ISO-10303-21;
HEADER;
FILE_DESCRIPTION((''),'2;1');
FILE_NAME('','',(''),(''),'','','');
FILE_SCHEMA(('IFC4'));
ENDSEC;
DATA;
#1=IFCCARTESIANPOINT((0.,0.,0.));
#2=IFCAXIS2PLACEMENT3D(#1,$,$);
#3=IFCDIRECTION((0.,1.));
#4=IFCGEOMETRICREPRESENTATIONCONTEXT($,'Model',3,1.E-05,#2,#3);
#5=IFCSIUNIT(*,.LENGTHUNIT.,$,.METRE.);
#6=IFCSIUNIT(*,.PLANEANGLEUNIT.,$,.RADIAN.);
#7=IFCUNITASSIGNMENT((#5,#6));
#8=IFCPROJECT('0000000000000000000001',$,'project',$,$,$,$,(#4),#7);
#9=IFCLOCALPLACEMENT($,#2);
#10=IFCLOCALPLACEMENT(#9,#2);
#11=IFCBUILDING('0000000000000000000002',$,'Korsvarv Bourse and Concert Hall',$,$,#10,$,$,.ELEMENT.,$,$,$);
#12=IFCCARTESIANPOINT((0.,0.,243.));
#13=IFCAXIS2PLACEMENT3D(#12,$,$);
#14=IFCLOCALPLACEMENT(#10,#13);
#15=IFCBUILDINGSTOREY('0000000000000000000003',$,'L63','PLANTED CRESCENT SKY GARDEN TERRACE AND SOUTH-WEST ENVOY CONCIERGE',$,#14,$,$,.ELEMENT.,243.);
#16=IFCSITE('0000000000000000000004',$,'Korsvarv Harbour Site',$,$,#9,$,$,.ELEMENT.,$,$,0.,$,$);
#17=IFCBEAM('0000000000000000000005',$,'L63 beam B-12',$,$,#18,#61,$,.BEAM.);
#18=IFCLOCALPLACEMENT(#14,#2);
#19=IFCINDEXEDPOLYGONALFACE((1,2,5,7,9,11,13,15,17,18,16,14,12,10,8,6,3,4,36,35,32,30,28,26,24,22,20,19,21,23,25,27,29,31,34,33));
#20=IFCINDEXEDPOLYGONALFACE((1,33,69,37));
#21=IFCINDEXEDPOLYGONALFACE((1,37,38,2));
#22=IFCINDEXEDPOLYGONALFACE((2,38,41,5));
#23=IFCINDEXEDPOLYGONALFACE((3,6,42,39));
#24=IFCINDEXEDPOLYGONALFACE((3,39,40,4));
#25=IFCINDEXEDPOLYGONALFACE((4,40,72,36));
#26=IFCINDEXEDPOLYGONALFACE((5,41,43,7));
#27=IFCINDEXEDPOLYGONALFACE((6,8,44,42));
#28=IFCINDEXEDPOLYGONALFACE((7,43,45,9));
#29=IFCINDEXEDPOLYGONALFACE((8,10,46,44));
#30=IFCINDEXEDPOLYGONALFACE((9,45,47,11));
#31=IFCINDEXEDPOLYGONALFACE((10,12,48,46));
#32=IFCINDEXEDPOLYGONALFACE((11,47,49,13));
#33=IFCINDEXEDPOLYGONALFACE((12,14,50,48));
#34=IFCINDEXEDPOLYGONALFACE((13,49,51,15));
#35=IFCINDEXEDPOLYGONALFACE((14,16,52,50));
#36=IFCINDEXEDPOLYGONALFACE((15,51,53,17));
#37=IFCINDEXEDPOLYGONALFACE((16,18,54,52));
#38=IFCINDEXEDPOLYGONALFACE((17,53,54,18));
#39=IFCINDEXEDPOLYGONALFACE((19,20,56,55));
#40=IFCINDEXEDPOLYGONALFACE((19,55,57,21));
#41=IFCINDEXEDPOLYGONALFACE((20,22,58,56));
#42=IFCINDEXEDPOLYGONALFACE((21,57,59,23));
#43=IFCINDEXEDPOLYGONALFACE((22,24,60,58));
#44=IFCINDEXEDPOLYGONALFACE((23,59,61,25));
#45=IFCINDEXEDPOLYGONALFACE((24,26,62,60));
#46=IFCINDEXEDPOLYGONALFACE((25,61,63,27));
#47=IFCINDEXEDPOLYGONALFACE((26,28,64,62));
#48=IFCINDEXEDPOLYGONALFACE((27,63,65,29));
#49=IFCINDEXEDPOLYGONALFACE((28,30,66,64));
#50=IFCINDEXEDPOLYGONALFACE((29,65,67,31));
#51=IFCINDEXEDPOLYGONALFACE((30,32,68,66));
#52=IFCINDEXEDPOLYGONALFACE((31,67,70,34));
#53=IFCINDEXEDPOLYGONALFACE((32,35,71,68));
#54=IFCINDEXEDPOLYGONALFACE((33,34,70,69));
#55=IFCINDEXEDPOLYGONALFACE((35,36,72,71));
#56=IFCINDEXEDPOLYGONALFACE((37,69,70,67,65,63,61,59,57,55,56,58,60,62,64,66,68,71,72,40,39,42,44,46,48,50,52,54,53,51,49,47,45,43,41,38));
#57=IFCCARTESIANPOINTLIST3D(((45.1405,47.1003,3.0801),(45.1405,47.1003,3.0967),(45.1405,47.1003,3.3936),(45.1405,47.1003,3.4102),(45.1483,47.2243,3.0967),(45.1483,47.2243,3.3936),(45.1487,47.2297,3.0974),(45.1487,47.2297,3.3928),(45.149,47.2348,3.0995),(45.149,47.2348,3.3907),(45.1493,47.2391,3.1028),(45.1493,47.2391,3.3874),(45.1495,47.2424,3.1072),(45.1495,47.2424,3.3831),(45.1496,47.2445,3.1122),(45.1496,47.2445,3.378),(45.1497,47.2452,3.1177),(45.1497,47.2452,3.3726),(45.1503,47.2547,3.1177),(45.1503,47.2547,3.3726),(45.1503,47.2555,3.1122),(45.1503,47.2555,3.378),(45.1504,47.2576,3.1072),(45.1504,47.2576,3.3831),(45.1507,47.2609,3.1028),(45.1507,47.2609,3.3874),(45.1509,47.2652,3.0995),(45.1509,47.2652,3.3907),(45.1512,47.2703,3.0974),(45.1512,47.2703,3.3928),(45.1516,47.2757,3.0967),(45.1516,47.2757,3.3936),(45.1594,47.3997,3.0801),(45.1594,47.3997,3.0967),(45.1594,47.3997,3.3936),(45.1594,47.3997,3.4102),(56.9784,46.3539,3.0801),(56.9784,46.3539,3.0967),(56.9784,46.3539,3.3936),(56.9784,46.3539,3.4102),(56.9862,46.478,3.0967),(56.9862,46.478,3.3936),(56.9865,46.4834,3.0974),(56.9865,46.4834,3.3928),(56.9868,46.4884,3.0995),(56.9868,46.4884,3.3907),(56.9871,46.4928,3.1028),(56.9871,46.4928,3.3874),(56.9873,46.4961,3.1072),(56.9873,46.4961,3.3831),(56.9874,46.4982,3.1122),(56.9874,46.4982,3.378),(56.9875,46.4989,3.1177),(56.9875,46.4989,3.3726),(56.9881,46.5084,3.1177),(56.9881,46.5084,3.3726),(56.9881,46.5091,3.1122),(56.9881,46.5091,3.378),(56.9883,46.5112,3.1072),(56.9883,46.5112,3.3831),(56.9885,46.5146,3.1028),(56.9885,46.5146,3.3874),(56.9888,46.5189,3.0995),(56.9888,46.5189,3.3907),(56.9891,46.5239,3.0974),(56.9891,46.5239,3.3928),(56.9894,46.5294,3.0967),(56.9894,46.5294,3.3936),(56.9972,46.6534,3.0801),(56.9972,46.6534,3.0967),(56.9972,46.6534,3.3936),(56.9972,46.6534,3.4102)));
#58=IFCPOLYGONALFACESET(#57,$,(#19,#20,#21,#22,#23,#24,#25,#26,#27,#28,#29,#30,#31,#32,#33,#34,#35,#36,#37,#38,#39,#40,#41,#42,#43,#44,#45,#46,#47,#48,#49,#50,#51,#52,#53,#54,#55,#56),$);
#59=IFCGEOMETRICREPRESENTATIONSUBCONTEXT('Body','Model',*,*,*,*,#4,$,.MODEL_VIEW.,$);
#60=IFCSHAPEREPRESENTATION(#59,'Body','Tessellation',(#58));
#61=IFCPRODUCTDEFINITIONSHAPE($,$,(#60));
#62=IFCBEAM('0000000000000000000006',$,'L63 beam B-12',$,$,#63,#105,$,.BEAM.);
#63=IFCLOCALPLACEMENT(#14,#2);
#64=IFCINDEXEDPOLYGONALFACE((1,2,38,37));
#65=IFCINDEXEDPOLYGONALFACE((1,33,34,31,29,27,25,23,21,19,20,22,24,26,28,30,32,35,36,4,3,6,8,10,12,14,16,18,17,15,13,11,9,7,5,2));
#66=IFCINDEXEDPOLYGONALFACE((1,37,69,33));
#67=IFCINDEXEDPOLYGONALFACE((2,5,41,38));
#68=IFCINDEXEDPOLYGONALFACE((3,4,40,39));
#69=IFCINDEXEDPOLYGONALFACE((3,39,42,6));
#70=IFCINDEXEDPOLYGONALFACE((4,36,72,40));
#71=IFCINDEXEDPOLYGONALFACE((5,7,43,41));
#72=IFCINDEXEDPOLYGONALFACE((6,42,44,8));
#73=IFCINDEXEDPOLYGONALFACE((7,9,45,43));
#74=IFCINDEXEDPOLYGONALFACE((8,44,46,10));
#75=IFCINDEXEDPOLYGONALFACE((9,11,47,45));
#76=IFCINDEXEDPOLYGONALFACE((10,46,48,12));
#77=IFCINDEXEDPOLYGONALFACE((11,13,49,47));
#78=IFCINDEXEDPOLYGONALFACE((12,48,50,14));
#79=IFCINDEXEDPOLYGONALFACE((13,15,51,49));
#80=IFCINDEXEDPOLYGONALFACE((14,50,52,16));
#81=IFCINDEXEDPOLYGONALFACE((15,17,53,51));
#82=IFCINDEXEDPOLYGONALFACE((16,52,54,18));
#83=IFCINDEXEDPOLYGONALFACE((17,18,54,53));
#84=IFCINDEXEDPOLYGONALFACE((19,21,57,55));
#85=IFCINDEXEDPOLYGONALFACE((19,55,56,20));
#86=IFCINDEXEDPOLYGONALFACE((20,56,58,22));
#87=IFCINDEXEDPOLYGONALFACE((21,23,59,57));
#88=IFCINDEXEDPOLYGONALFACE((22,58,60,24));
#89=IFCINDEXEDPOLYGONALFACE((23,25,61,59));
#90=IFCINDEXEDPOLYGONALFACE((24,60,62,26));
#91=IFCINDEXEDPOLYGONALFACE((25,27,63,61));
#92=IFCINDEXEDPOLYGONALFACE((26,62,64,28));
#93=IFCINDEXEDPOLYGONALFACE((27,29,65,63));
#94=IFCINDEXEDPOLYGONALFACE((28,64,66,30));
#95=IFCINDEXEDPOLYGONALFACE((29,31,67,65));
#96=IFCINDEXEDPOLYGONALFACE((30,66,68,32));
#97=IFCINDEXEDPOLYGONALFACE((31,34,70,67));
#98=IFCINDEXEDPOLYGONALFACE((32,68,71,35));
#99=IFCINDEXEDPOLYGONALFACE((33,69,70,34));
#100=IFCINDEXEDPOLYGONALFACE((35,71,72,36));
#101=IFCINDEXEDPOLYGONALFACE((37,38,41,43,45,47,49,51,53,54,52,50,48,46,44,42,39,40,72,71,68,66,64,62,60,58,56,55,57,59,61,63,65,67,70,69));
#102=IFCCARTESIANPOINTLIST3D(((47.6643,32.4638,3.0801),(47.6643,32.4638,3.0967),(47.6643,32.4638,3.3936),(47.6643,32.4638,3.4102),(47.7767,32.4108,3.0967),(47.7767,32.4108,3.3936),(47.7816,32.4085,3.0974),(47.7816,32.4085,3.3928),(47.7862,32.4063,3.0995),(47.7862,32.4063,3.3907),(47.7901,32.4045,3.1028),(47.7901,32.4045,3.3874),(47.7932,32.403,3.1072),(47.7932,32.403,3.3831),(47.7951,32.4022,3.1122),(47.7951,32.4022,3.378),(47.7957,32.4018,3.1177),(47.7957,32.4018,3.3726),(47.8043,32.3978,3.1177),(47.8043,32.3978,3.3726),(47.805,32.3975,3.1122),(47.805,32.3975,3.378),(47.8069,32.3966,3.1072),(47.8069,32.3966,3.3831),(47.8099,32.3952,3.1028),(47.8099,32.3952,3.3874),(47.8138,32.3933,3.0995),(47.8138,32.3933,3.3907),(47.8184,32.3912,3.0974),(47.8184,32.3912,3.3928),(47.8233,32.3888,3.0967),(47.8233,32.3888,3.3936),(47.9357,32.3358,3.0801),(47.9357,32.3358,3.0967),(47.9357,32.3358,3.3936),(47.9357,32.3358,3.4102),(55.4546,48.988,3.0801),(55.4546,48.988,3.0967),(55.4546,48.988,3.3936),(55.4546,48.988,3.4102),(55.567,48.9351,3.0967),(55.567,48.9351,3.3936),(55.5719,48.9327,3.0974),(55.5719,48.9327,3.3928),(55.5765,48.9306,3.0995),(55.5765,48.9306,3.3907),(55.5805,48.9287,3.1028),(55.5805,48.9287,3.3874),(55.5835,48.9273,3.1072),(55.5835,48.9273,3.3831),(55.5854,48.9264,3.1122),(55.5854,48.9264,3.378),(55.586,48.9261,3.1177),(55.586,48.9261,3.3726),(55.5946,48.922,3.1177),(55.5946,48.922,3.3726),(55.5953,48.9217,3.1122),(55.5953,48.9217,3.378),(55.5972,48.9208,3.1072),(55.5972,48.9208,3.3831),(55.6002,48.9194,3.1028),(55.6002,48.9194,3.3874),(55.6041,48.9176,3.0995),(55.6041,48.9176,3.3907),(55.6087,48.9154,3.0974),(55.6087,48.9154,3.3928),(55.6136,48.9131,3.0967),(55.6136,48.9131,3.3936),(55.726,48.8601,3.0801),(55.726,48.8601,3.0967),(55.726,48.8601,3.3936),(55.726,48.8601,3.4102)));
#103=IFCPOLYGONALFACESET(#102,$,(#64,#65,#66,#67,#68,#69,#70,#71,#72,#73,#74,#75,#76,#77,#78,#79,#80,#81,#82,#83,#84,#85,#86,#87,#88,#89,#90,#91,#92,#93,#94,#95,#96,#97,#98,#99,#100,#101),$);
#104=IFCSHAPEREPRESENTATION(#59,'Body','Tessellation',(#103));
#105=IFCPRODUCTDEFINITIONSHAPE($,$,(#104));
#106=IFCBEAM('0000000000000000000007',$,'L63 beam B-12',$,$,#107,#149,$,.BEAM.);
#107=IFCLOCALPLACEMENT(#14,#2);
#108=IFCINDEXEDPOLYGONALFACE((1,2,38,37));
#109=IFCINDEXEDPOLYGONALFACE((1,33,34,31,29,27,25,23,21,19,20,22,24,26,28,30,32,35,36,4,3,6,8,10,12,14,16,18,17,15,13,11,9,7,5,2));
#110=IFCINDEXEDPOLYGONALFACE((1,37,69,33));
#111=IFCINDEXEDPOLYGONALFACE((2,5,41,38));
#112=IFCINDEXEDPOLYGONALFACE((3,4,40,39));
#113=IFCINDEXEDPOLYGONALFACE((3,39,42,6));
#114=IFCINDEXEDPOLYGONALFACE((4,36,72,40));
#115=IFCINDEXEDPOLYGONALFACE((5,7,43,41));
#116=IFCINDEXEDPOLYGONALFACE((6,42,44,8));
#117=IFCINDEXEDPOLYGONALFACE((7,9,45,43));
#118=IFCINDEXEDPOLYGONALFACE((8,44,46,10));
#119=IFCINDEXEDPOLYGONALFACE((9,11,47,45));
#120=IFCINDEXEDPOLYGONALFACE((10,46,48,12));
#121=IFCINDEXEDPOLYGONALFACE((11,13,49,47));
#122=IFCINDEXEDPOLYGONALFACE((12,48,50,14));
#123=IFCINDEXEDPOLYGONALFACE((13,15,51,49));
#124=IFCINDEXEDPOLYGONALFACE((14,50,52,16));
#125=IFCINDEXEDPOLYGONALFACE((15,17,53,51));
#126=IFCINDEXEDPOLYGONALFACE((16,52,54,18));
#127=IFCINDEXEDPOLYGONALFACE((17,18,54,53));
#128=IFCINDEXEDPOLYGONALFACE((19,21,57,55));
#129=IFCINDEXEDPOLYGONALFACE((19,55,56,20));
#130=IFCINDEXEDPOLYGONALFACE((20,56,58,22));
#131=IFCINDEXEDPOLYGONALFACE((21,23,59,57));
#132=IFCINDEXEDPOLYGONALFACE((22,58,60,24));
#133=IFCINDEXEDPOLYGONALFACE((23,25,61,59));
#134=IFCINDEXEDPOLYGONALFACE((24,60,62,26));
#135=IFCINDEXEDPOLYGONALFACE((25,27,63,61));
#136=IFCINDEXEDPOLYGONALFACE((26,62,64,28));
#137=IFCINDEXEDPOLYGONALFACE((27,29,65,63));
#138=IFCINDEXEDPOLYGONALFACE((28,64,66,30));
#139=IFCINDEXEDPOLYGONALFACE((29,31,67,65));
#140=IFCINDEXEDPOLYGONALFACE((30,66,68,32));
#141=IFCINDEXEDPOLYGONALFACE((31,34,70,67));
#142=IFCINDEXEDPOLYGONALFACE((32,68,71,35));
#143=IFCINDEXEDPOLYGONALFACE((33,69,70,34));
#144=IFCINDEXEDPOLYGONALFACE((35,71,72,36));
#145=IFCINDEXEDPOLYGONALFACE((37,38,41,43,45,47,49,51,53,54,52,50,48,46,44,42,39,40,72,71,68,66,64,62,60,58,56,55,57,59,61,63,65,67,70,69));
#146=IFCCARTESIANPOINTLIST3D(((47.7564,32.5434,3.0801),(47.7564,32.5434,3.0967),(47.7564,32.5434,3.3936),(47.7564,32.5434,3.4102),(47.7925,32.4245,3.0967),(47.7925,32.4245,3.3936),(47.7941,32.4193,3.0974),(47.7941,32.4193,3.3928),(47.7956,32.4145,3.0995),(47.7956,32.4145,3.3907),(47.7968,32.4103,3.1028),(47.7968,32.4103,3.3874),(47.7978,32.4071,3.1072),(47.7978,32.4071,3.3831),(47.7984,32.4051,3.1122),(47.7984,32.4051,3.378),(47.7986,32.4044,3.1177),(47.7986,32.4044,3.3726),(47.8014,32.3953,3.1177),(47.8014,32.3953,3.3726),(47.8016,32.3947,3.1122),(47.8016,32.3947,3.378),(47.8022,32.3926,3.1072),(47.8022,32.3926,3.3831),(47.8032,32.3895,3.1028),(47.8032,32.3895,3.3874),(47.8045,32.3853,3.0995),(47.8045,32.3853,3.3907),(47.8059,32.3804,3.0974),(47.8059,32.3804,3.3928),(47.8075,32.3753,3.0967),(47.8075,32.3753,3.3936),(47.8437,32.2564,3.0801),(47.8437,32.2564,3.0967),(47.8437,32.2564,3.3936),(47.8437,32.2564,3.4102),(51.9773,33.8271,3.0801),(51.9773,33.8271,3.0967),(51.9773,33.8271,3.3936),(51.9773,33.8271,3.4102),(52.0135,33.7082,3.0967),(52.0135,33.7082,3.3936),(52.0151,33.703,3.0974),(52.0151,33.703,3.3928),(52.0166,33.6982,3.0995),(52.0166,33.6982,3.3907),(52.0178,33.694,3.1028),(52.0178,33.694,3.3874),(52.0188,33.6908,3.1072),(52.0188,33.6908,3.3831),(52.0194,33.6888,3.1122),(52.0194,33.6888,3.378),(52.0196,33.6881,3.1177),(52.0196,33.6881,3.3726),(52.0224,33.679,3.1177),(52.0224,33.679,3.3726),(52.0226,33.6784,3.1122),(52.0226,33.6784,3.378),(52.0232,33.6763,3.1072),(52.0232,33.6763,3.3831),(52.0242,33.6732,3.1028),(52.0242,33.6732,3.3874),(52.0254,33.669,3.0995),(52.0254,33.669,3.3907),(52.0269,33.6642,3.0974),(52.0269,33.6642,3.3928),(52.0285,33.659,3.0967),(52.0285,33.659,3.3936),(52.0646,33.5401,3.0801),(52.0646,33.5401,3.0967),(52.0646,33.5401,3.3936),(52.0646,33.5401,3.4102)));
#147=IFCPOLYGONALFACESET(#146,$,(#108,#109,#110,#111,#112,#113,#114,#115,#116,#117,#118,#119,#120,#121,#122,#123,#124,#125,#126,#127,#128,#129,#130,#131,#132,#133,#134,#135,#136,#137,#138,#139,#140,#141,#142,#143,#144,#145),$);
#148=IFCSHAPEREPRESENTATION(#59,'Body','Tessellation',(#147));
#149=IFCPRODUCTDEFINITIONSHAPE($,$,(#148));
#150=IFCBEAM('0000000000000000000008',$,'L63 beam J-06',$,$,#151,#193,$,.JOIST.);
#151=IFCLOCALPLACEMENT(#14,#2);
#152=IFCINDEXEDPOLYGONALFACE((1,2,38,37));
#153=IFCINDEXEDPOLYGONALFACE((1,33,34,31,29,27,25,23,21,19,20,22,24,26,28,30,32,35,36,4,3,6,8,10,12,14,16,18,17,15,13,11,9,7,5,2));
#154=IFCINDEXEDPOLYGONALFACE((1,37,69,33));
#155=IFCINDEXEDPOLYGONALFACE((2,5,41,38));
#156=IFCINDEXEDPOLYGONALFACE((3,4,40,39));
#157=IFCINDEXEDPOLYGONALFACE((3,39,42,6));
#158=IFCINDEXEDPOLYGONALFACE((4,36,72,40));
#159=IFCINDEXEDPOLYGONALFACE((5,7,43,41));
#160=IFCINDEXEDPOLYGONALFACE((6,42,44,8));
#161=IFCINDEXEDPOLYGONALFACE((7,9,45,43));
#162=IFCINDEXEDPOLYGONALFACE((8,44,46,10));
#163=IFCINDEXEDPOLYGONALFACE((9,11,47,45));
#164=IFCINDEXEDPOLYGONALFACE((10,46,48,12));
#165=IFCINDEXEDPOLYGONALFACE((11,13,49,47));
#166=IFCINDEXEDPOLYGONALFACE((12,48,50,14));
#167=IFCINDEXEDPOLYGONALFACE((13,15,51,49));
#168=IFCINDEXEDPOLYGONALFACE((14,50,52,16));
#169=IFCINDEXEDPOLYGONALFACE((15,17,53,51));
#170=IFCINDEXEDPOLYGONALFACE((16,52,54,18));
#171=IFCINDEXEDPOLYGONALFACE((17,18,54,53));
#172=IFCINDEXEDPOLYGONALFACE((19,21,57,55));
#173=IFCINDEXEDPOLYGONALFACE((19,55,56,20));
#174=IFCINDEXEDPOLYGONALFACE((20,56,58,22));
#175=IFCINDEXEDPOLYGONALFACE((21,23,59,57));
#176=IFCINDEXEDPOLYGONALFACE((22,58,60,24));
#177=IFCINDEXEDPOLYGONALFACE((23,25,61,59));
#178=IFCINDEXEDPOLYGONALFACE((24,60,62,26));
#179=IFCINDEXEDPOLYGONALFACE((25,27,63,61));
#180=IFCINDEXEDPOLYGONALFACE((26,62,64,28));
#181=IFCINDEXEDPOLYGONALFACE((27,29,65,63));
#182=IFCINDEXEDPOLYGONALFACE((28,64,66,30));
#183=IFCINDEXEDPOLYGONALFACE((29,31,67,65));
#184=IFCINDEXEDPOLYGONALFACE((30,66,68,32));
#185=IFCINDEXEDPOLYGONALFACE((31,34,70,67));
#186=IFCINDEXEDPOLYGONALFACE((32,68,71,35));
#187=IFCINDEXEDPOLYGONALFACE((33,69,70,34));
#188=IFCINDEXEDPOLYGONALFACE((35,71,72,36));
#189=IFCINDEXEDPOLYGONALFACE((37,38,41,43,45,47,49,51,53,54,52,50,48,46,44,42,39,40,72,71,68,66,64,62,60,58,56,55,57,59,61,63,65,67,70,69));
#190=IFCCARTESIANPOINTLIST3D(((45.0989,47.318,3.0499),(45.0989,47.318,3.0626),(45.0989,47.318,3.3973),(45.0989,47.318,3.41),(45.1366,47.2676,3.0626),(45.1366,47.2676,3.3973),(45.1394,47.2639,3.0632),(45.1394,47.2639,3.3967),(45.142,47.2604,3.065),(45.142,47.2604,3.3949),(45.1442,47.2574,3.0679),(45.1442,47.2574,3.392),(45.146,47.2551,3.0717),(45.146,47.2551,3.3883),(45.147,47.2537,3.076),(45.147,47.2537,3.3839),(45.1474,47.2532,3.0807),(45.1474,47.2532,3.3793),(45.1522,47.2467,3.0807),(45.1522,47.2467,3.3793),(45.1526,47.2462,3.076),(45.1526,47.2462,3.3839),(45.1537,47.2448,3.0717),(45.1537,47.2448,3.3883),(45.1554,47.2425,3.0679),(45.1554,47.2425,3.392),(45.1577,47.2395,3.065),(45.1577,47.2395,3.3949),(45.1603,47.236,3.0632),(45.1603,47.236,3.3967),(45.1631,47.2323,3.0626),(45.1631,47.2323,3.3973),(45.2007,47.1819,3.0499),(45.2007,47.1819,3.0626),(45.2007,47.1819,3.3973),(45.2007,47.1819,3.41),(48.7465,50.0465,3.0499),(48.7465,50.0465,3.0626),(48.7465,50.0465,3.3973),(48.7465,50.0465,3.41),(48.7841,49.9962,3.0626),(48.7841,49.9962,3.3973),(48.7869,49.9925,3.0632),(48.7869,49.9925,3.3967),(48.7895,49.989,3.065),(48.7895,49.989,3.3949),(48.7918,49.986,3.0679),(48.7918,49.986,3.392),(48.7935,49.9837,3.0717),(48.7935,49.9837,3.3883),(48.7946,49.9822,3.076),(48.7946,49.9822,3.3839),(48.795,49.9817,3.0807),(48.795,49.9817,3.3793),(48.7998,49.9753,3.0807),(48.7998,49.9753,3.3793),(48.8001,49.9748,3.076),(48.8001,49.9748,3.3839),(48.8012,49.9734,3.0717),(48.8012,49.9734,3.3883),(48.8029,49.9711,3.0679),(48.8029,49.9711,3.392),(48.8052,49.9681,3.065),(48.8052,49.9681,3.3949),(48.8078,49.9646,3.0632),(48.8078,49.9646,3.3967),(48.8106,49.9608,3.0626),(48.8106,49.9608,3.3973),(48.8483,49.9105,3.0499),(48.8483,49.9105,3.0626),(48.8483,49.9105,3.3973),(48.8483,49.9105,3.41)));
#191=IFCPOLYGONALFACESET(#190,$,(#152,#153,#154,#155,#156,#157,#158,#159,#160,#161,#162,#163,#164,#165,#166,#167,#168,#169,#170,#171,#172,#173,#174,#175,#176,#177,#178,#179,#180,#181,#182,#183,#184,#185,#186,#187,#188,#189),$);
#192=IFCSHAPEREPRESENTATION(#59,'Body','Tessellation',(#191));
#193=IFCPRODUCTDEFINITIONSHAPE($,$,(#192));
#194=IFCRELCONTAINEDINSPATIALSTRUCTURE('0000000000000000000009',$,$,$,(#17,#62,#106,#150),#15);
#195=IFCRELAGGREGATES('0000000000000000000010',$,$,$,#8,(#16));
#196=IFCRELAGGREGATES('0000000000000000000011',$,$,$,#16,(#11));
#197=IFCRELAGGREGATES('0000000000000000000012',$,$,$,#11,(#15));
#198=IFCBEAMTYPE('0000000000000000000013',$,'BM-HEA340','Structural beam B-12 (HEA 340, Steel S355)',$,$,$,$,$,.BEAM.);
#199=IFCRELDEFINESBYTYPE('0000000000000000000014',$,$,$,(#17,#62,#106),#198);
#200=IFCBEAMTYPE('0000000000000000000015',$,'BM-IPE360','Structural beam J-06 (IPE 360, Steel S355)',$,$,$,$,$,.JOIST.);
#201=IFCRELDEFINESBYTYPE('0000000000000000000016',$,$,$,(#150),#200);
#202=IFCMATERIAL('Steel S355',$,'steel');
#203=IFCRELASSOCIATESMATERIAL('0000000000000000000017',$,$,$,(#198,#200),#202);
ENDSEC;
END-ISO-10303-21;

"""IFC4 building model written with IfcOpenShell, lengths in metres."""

from ifc_helpers import new_model, si_unit, direction, frame, origin, origin_2d, place, context, subcontext, project, spatial, i_section, extrude, source, transform, mapped, material, material_profile, profile_set, type_object, element, save


model = new_model("IFC4")

# Units and contexts
model_context = context("Model", 3, precision=1e-05, world=origin(), true_north=direction((0.0, 1.0)))
body_context = subcontext(model_context, "Body", "Model", "MODEL_VIEW")
ifc_project = project(units=[si_unit("LENGTHUNIT", "METRE"), si_unit("PLANEANGLEUNIT", "RADIAN")], contexts=[model_context])

# Site, building, storey
site_placement = place(None, origin())
site = spatial("IfcSite", under=ifc_project, at=site_placement, Name="Korsvarv Harbour Site", CompositionType="ELEMENT", RefElevation=0.0)
building_placement = place(site_placement, origin())
building = spatial("IfcBuilding", under=site, at=building_placement, Name="Korsvarv Bourse and Concert Hall", CompositionType="ELEMENT")
storey_placement = place(building_placement, frame((0.0, 0.0, 243.0)))
storey = spatial("IfcBuildingStorey", under=building, at=storey_placement, Name="L63", Description="PLANTED CRESCENT SKY GARDEN TERRACE AND SOUTH-WEST ENVOY CONCIERGE", CompositionType="ELEMENT", Elevation=243.0)

# Beams
ifc_material_1 = material(Name="Steel S355", Category="steel")
ifc_material_profile_1 = material_profile(ifc_material_1, i_section(OverallWidth=0.3, OverallDepth=0.3301, WebThickness=0.0095, FlangeThickness=0.0166, FilletRadius=0.021, at=origin_2d()), Name="HEA 340")
ifc_profile_set_1 = profile_set([ifc_material_profile_1], Name="Steel S355")
beam_type_1 = type_object("IfcBeamType", Name="BM-HEA340", Description="Structural beam B-12 (HEA 340, Steel S355)", PredefinedType="BEAM", material=ifc_profile_set_1)
shared_shape_1 = source(origin(), body_context, "Body", "SweptSolid", [
    extrude(i_section(OverallWidth=0.3, OverallDepth=0.3301, WebThickness=0.0095, FlangeThickness=0.0166, FilletRadius=0.021, at=origin_2d()), origin(), (0.0, 0.0, 1.0), 11.8613),
])
beam_1_placement = place(storey_placement, frame((56.9878, 46.5037, 3.2451), z_axis=(-0.998018, 0.062922, 0.0), x_axis=(-0.062922, -0.998018, 0.0)))
element("IfcBeam", 1, at=beam_1_placement, inside=storey, type_object=beam_type_1, Name="L63 beam B-12", PredefinedType="BEAM", context=body_context, shape_type="MappedRepresentation", body=[
    mapped(shared_shape_1, transform((0.0, 0.0, 0.0), scale=1.0)),
])
shared_shape_2 = source(origin(), body_context, "Body", "SweptSolid", [
    extrude(i_section(OverallWidth=0.3, OverallDepth=0.3301, WebThickness=0.0095, FlangeThickness=0.0166, FilletRadius=0.021, at=origin_2d()), origin(), (0.0, 0.0, 1.0), 18.2686),
])
beam_2_placement = place(storey_placement, frame((55.5903, 48.9241, 3.2451), z_axis=(-0.426433, -0.904519, 0.0), x_axis=(0.904519, -0.426433, 0.0)))
element("IfcBeam", 2, at=beam_2_placement, inside=storey, type_object=beam_type_1, Name="L63 beam B-12", PredefinedType="BEAM", context=body_context, shape_type="MappedRepresentation", body=[
    mapped(shared_shape_2, transform((0.0, 0.0, 0.0), scale=1.0)),
])
shared_shape_3 = source(origin(), body_context, "Body", "SweptSolid", [
    extrude(i_section(OverallWidth=0.3, OverallDepth=0.3301, WebThickness=0.0095, FlangeThickness=0.0166, FilletRadius=0.021, at=origin_2d()), origin(), (0.0, 0.0, 1.0), 4.4119),
])
beam_3_placement = place(storey_placement, frame((52.021, 33.6836, 3.2451), z_axis=(-0.956734, -0.290966, 0.0), x_axis=(0.290966, -0.956734, 0.0)))
element("IfcBeam", 3, at=beam_3_placement, inside=storey, type_object=beam_type_1, Name="L63 beam B-12", PredefinedType="BEAM", context=body_context, shape_type="MappedRepresentation", body=[
    mapped(shared_shape_3, transform((0.0, 0.0, 0.0), scale=1.0)),
])
ifc_material_profile_2 = material_profile(ifc_material_1, i_section(OverallWidth=0.1699, OverallDepth=0.3601, WebThickness=0.0081, FlangeThickness=0.0127, FilletRadius=0.0181, at=origin_2d()), Name="IPE 360")
ifc_profile_set_2 = profile_set([ifc_material_profile_2], Name="Steel S355")
beam_type_2 = type_object("IfcBeamType", Name="BM-IPE360", Description="Structural beam J-06 (IPE 360, Steel S355)", PredefinedType="JOIST", material=ifc_profile_set_2)
shared_shape_4 = source(origin(), body_context, "Body", "SweptSolid", [
    extrude(i_section(OverallWidth=0.1699, OverallDepth=0.3601, WebThickness=0.0081, FlangeThickness=0.0127, FilletRadius=0.0181, at=origin_2d()), origin(), (0.0, 0.0, 1.0), 4.5552),
])
beam_4_placement = place(storey_placement, frame((48.7974, 49.9785, 3.23), z_axis=(-0.800745, -0.599005, 0.0), x_axis=(0.599005, -0.800745, 0.0)))
element("IfcBeam", 4, at=beam_4_placement, inside=storey, type_object=beam_type_2, Name="L63 beam J-06", PredefinedType="JOIST", context=body_context, shape_type="MappedRepresentation", body=[
    mapped(shared_shape_4, transform((0.0, 0.0, 0.0), scale=1.0)),
])

save(model, "model.ifc")
